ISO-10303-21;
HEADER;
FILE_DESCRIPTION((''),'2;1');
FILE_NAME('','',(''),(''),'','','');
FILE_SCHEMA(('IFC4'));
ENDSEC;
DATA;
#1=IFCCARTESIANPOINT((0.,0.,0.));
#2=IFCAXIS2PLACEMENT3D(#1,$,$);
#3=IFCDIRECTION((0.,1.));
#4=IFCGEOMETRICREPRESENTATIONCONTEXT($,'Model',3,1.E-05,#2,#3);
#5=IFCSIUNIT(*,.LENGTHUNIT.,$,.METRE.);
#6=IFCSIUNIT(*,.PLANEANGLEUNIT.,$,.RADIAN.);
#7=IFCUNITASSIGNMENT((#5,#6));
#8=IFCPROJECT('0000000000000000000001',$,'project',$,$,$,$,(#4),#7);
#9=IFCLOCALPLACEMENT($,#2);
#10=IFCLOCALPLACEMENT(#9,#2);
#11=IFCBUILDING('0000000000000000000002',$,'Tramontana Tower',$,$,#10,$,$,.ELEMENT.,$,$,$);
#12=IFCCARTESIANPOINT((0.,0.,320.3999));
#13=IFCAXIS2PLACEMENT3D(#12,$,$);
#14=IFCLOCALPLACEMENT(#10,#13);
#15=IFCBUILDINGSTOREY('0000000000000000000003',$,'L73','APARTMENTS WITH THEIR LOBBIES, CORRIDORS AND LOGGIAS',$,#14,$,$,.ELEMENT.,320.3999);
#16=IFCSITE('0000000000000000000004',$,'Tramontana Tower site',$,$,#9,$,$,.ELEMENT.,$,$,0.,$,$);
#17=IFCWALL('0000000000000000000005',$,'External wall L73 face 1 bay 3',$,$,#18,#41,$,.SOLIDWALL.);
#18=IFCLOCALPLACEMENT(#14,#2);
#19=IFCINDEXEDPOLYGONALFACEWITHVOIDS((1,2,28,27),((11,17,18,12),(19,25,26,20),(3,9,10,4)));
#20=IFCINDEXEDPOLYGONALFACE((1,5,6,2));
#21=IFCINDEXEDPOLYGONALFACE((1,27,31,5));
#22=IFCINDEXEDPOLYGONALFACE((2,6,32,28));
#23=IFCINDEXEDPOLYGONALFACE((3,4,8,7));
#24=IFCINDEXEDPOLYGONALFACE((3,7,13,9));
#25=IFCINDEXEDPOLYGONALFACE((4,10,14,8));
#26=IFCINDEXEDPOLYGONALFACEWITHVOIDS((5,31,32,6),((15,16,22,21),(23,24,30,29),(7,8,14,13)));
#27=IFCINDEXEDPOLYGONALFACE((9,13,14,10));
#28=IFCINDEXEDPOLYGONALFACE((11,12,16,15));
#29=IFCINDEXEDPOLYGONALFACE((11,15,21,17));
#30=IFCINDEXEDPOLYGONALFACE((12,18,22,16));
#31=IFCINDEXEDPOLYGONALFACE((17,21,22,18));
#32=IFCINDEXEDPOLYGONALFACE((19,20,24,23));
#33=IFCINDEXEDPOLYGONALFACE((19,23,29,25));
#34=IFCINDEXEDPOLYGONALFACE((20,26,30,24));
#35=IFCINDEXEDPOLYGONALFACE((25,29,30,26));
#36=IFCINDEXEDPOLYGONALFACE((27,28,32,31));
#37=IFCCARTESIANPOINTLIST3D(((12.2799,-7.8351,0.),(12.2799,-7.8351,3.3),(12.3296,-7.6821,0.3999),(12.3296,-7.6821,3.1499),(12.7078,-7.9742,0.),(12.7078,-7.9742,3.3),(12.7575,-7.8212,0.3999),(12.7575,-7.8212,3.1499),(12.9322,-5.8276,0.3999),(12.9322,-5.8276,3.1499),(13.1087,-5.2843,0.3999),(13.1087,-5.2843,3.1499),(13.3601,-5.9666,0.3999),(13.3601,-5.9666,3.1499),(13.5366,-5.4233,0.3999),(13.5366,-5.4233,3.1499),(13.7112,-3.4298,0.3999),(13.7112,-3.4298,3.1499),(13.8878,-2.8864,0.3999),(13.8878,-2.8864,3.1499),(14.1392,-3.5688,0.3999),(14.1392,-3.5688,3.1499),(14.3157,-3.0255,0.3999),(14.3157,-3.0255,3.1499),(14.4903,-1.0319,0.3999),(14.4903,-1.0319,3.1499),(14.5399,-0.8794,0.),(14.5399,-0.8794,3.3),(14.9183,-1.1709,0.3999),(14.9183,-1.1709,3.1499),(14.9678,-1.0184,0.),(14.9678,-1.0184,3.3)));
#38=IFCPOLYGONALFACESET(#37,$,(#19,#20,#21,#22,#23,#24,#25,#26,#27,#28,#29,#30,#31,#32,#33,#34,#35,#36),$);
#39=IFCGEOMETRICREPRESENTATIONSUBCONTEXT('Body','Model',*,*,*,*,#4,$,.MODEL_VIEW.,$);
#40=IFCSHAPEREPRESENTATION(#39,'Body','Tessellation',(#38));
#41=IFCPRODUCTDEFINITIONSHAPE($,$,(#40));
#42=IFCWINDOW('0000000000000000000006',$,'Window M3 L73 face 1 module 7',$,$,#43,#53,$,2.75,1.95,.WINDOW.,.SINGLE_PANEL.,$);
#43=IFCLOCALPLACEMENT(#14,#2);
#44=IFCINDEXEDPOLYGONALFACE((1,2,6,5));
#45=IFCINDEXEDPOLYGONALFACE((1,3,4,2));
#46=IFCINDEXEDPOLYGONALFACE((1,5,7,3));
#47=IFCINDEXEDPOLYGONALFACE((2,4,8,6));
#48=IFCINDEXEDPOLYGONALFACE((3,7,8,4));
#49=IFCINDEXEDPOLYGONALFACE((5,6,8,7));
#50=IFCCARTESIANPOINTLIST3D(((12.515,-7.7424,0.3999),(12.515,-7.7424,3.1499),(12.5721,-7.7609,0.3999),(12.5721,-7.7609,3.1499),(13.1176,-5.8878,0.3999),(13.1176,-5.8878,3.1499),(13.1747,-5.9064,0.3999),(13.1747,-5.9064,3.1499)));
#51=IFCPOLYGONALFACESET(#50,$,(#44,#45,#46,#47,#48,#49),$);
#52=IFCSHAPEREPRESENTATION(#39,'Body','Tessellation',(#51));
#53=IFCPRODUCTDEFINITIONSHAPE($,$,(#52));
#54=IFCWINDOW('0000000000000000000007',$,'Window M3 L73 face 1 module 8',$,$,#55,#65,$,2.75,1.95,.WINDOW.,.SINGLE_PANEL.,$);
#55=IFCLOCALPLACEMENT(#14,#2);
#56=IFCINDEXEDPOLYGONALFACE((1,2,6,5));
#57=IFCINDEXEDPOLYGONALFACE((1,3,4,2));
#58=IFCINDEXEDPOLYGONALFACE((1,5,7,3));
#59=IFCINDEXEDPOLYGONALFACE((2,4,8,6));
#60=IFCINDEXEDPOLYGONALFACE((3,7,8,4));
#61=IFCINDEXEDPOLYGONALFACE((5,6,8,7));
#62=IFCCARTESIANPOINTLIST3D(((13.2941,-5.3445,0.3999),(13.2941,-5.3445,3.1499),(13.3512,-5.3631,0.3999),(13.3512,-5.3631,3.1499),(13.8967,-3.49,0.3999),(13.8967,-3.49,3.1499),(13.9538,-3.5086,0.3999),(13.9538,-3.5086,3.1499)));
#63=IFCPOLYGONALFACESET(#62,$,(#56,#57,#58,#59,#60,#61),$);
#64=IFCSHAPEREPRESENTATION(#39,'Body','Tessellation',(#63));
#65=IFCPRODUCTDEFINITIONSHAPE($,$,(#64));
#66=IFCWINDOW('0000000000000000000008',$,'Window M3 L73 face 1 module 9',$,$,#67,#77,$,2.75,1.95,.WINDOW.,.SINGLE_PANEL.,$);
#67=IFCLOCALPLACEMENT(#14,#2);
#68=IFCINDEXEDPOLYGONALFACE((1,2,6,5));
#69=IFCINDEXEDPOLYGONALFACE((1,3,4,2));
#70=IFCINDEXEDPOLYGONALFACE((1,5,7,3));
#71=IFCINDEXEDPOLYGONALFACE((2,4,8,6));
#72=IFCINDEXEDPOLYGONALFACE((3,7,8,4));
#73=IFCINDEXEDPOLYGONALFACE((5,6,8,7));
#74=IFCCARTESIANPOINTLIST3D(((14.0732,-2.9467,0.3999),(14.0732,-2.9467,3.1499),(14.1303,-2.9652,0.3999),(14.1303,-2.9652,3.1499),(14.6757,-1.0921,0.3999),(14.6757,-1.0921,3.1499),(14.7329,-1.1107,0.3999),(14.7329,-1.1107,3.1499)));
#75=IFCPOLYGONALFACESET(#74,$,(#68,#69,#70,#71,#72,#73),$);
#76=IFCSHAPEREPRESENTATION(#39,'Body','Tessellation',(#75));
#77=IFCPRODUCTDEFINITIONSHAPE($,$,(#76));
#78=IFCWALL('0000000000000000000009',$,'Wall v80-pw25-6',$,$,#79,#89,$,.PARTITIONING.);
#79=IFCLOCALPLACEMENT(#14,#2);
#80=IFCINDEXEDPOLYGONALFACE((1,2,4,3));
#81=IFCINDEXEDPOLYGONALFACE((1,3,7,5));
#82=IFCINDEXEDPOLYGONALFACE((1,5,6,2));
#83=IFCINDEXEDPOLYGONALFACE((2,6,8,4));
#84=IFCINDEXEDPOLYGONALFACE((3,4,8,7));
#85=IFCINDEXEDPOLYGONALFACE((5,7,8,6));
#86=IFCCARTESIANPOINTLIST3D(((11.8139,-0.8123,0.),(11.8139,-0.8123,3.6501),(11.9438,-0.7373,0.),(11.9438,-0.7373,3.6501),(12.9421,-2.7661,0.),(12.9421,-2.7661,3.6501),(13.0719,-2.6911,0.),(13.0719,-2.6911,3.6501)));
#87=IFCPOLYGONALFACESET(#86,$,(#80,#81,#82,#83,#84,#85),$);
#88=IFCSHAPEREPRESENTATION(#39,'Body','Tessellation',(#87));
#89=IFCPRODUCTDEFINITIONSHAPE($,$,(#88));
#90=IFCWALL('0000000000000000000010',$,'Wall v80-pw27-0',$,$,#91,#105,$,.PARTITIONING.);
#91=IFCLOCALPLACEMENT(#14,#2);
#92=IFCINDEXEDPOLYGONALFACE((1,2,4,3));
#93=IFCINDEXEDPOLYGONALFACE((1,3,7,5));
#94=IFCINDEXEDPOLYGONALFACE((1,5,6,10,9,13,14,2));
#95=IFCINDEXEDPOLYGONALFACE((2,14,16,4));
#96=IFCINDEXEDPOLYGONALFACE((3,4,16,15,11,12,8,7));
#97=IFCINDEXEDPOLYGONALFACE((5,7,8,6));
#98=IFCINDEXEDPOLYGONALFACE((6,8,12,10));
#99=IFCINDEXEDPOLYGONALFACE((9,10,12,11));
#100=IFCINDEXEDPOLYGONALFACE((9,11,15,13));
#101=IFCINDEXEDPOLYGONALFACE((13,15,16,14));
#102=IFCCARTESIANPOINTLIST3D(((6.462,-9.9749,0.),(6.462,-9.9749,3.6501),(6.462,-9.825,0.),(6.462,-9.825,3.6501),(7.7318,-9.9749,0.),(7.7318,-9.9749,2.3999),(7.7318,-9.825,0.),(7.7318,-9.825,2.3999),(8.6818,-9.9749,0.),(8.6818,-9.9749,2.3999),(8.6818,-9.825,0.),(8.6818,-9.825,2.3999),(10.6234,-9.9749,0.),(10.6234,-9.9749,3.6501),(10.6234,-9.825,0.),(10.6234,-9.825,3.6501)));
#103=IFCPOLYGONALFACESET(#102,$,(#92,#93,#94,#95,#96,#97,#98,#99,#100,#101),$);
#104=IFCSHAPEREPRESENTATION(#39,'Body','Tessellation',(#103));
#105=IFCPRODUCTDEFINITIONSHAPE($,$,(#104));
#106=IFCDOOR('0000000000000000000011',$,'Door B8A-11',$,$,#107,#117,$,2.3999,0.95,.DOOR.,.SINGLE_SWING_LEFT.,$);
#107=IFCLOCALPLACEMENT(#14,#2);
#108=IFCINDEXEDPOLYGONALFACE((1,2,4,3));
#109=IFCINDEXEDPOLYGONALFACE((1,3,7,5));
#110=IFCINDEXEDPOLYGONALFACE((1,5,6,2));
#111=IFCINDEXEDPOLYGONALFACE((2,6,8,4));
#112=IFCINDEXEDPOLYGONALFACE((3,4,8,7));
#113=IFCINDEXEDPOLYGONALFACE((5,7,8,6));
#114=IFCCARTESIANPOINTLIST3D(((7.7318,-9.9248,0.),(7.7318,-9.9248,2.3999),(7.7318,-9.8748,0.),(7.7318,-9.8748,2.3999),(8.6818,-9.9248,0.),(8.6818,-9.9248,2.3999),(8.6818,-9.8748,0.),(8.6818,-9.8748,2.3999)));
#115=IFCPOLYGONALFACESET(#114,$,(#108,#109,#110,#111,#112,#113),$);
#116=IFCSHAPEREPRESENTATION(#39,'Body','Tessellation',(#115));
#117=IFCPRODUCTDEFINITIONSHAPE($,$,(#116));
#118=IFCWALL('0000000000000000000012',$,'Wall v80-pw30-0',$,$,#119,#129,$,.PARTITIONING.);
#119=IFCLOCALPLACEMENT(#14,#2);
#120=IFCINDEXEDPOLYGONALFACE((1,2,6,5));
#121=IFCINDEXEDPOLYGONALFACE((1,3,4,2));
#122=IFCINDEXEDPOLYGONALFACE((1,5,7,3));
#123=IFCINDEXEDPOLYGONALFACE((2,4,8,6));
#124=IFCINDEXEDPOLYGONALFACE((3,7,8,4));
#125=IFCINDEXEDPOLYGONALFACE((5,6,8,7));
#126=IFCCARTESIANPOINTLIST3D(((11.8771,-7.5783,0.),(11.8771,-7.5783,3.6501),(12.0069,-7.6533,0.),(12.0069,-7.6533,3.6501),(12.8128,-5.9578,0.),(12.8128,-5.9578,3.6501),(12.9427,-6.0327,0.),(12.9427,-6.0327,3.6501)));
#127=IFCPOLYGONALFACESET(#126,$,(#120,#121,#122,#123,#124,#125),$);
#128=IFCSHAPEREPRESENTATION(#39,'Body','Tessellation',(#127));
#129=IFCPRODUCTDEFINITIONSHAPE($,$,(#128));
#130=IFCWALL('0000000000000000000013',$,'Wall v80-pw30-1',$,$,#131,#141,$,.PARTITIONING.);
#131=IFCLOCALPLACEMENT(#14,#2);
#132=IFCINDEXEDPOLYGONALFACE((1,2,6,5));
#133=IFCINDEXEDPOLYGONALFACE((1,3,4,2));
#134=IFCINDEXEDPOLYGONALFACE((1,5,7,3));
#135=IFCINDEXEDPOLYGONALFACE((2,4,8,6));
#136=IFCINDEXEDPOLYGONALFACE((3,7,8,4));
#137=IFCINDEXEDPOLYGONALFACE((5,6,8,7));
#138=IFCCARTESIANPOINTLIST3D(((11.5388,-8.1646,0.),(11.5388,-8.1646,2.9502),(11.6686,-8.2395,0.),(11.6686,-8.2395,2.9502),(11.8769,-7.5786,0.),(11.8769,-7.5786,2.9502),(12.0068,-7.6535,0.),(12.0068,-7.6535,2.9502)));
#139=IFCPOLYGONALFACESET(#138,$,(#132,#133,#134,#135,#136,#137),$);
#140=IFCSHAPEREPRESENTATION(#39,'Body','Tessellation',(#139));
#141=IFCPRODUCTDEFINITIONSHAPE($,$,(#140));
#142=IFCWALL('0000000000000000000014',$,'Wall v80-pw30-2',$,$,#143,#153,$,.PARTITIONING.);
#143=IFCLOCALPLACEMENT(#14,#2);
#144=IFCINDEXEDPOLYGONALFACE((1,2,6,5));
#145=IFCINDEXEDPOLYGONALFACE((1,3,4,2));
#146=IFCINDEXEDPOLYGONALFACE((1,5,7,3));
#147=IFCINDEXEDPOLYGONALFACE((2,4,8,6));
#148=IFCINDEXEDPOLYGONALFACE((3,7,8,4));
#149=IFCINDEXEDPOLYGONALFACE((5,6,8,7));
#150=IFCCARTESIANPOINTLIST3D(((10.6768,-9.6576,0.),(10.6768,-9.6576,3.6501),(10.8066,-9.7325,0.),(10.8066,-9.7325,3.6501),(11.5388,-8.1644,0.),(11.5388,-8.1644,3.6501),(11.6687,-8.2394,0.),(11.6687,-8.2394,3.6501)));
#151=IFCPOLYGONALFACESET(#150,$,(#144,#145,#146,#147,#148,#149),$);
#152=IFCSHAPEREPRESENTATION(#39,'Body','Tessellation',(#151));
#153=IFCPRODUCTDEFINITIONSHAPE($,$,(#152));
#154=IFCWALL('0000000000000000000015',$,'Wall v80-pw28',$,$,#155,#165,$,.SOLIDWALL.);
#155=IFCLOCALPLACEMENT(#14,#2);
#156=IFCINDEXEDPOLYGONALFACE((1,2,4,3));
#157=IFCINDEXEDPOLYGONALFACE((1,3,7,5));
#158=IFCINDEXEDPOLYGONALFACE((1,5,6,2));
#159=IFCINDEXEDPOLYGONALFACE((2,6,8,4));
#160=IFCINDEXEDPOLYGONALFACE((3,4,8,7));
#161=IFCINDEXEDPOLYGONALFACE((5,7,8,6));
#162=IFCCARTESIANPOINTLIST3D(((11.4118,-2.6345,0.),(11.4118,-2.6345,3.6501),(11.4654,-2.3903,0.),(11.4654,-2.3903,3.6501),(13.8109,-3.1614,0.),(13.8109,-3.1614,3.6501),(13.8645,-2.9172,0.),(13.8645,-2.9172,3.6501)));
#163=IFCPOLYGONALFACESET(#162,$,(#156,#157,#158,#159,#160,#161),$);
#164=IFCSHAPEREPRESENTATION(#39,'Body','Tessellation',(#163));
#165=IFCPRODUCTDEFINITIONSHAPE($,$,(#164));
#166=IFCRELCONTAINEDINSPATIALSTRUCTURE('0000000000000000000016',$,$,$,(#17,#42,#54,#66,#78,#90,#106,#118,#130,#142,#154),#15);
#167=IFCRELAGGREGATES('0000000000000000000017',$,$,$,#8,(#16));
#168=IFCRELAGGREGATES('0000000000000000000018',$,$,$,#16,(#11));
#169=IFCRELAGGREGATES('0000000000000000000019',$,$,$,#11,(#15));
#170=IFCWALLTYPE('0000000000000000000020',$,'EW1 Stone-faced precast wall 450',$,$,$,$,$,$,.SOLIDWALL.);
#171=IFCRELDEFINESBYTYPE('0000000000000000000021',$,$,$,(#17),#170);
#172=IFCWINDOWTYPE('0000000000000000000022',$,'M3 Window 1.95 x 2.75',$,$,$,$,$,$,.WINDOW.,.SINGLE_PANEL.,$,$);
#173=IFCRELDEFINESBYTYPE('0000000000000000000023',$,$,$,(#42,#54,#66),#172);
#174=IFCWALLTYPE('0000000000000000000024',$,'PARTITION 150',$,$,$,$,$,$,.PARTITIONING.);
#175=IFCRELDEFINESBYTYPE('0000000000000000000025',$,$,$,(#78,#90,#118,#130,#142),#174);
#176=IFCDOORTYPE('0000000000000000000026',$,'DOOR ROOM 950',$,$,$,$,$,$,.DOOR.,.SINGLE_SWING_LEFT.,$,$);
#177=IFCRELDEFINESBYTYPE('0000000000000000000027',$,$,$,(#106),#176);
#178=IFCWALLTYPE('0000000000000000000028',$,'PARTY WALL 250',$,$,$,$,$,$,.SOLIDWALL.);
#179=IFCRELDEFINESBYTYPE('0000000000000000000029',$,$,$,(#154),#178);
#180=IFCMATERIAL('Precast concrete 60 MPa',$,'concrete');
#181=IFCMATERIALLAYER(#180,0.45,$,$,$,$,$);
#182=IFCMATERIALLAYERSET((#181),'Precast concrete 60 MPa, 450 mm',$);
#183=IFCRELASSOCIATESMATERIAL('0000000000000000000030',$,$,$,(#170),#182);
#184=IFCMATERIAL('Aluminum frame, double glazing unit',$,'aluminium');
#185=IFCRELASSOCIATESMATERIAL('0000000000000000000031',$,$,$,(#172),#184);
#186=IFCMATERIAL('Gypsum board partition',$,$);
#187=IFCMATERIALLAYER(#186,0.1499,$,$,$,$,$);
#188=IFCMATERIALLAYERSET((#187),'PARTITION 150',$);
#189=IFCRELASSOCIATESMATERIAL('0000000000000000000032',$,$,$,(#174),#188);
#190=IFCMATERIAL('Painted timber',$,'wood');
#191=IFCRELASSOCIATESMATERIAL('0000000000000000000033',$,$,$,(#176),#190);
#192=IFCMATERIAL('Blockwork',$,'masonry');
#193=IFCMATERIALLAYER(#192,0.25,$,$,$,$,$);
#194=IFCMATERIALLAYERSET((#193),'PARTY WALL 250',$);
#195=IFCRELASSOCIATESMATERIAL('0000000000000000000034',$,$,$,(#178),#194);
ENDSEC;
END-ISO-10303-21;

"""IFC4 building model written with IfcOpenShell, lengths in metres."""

from ifc_helpers import new_model, si_unit, direction, frame, frame_2d, origin, place, context, subcontext, project, spatial, rectangle, extrude, material, layer, layer_set, type_object, element, fill, save


model = new_model("IFC4")

# Units and contexts
model_context = context("Model", 3, precision=1e-05, world=origin(), true_north=direction((0.0, 1.0)))
body_context = subcontext(model_context, "Body", "Model", "MODEL_VIEW")
ifc_project = project(units=[si_unit("LENGTHUNIT", "METRE"), si_unit("PLANEANGLEUNIT", "RADIAN")], contexts=[model_context])

# Site, building, storey
site_placement = place(None, origin())
site = spatial("IfcSite", under=ifc_project, at=site_placement, Name="Tramontana Tower site", CompositionType="ELEMENT", RefElevation=0.0)
building_placement = place(site_placement, origin())
building = spatial("IfcBuilding", under=site, at=building_placement, Name="Tramontana Tower", CompositionType="ELEMENT")
storey_placement = place(building_placement, frame((0.0, 0.0, 320.3999)))
storey = spatial("IfcBuildingStorey", under=building, at=storey_placement, Name="L73", Description="APARTMENTS WITH THEIR LOBBIES, CORRIDORS AND LOGGIAS", CompositionType="ELEMENT", Elevation=320.3999)

# Wall, openings, windows
ifc_material_1 = material(Name="Precast concrete 60 MPa", Category="concrete")
ifc_layer_1 = layer(ifc_material_1, 0.45)
ifc_layer_set_1 = layer_set([ifc_layer_1], Name="Precast concrete 60 MPa, 450 mm")
wall_type_1 = type_object("IfcWallType", Name="EW1 Stone-faced precast wall 450", PredefinedType="SOLIDWALL", material=ifc_layer_set_1)
wall_1_placement = place(storey_placement, frame((12.4939, -7.9045, 0.0), z_axis=(0.0, 0.0, 1.0), x_axis=(0.309008, 0.951059, 0.0)))
wall_1 = element("IfcWall", 1, at=wall_1_placement, inside=storey, type_object=wall_type_1, Name="External wall L73 face 1 bay 3", PredefinedType="SOLIDWALL", context=body_context, shape_type="SweptSolid", body=[
    extrude(rectangle(XDim=7.3137, YDim=0.45, at=frame_2d((3.6567, 0.0))), origin(), (0.0, 0.0, 1.0), 3.3),
])
opening_1_placement = place(wall_1_placement, frame((0.1606, 0.0, 0.3999)))
opening_1 = element("IfcOpeningElement", 2, at=opening_1_placement, cuts=wall_1, PredefinedType="OPENING", context=body_context, shape_type="SweptSolid", body=[
    extrude(rectangle(XDim=1.95, YDim=2.75, at=frame_2d((0.9751, 1.375))), frame((0.0, 0.2349, 0.0), z_axis=(0.0, -1.0, 0.0), x_axis=(1.0, 0.0, 0.0)), (0.0, 0.0, 1.0), 0.47),
])
opening_2_placement = place(wall_1_placement, frame((2.6819, 0.0, 0.3999)))
opening_2 = element("IfcOpeningElement", 3, at=opening_2_placement, cuts=wall_1, PredefinedType="OPENING", context=body_context, shape_type="SweptSolid", body=[
    extrude(rectangle(XDim=1.95, YDim=2.75, at=frame_2d((0.9751, 1.375))), frame((0.0, 0.2349, 0.0), z_axis=(0.0, -1.0, 0.0), x_axis=(1.0, 0.0, 0.0)), (0.0, 0.0, 1.0), 0.47),
])
opening_3_placement = place(wall_1_placement, frame((5.2031, 0.0, 0.3999)))
opening_3 = element("IfcOpeningElement", 4, at=opening_3_placement, cuts=wall_1, PredefinedType="OPENING", context=body_context, shape_type="SweptSolid", body=[
    extrude(rectangle(XDim=1.95, YDim=2.75, at=frame_2d((0.9751, 1.375))), frame((0.0, 0.2349, 0.0), z_axis=(0.0, -1.0, 0.0), x_axis=(1.0, 0.0, 0.0)), (0.0, 0.0, 1.0), 0.47),
])
ifc_material_2 = material(Name="Aluminum frame, double glazing unit", Category="aluminium")
window_type = type_object("IfcWindowType", Name="M3 Window 1.95 x 2.75", PartitioningType="SINGLE_PANEL", PredefinedType="WINDOW", material=ifc_material_2)
window_1_placement = place(opening_1_placement, origin())
window_1 = element("IfcWindow", 5, at=window_1_placement, inside=storey, type_object=window_type, Name="Window M3 L73 face 1 module 7", OverallHeight=2.75, OverallWidth=1.95, PartitioningType="SINGLE_PANEL", PredefinedType="WINDOW", context=body_context, shape_type="SweptSolid", body=[
    extrude(rectangle(XDim=1.95, YDim=2.75, at=frame_2d((0.9751, 1.375))), frame((0.0, 0.03, 0.0), z_axis=(0.0, -1.0, 0.0), x_axis=(1.0, 0.0, 0.0)), (0.0, 0.0, 1.0), 0.0601),
])
fill(opening_1, window_1)
window_2_placement = place(opening_2_placement, origin())
window_2 = element("IfcWindow", 6, at=window_2_placement, inside=storey, type_object=window_type, Name="Window M3 L73 face 1 module 8", OverallHeight=2.75, OverallWidth=1.95, PartitioningType="SINGLE_PANEL", PredefinedType="WINDOW", context=body_context, shape_type="SweptSolid", body=[
    extrude(rectangle(XDim=1.95, YDim=2.75, at=frame_2d((0.9751, 1.375))), frame((0.0, 0.03, 0.0), z_axis=(0.0, -1.0, 0.0), x_axis=(1.0, 0.0, 0.0)), (0.0, 0.0, 1.0), 0.0601),
])
fill(opening_2, window_2)
window_3_placement = place(opening_3_placement, origin())
window_3 = element("IfcWindow", 7, at=window_3_placement, inside=storey, type_object=window_type, Name="Window M3 L73 face 1 module 9", OverallHeight=2.75, OverallWidth=1.95, PartitioningType="SINGLE_PANEL", PredefinedType="WINDOW", context=body_context, shape_type="SweptSolid", body=[
    extrude(rectangle(XDim=1.95, YDim=2.75, at=frame_2d((0.9751, 1.375))), frame((0.0, 0.03, 0.0), z_axis=(0.0, -1.0, 0.0), x_axis=(1.0, 0.0, 0.0)), (0.0, 0.0, 1.0), 0.0601),
])
fill(opening_3, window_3)

# Wall
ifc_material_3 = material(Name="Gypsum board partition")
ifc_layer_2 = layer(ifc_material_3, 0.1499)
ifc_layer_set_2 = layer_set([ifc_layer_2], Name="PARTITION 150")
wall_type_2 = type_object("IfcWallType", Name="PARTITION 150", PredefinedType="PARTITIONING", material=ifc_layer_set_2)
wall_2_placement = place(storey_placement, frame((11.8789, -0.7749, 0.0), z_axis=(0.0, 0.0, 1.0), x_axis=(0.500038, -0.866004, 0.0)))
element("IfcWall", 8, at=wall_2_placement, inside=storey, type_object=wall_type_2, Name="Wall v80-pw25-6", PredefinedType="PARTITIONING", context=body_context, shape_type="SweptSolid", body=[
    extrude(rectangle(XDim=2.2561, YDim=0.1499, at=frame_2d((1.1279, 0.0))), origin(), (0.0, 0.0, 1.0), 3.6501),
])

# Wall, opening, door
wall_3_placement = place(storey_placement, frame((10.6233, -9.8999, 0.0), z_axis=(0.0, 0.0, 1.0), x_axis=(-1.0, 0.0, 0.0)))
wall_3 = element("IfcWall", 9, at=wall_3_placement, inside=storey, type_object=wall_type_2, Name="Wall v80-pw27-0", PredefinedType="PARTITIONING", context=body_context, shape_type="SweptSolid", body=[
    extrude(rectangle(XDim=4.1614, YDim=0.1499, at=frame_2d((2.0806, 0.0))), origin(), (0.0, 0.0, 1.0), 3.6501),
])
opening_4_placement = place(wall_3_placement, frame((1.9414, 0.0, 0.0)))
opening_4 = element("IfcOpeningElement", 10, at=opening_4_placement, cuts=wall_3, PredefinedType="OPENING", context=body_context, shape_type="SweptSolid", body=[
    extrude(rectangle(XDim=0.95, YDim=2.3999, at=frame_2d((0.4751, 1.2))), frame((0.0, 0.085, 0.0), z_axis=(0.0, -1.0, 0.0), x_axis=(1.0, 0.0, 0.0)), (0.0, 0.0, 1.0), 0.1699),
])
ifc_material_4 = material(Name="Painted timber", Category="wood")
door_type_1 = type_object("IfcDoorType", Name="DOOR ROOM 950", OperationType="SINGLE_SWING_LEFT", PredefinedType="DOOR", material=ifc_material_4)
door_1_placement = place(opening_4_placement, origin())
door_1 = element("IfcDoor", 11, at=door_1_placement, inside=storey, type_object=door_type_1, Name="Door B8A-11", OperationType="SINGLE_SWING_LEFT", OverallHeight=2.3999, OverallWidth=0.95, PredefinedType="DOOR", context=body_context, shape_type="SweptSolid", body=[
    extrude(rectangle(XDim=0.95, YDim=2.3999, at=frame_2d((0.4751, 1.2))), frame((0.0, 0.0249, 0.0), z_axis=(0.0, -1.0, 0.0), x_axis=(1.0, 0.0, 0.0)), (0.0, 0.0, 1.0), 0.05),
])
fill(opening_4, door_1)

# Walls
wall_4_placement = place(storey_placement, frame((12.8777, -5.9954, 0.0), z_axis=(0.0, 0.0, 1.0), x_axis=(-0.500054, -0.865994, 0.0)))
element("IfcWall", 12, at=wall_4_placement, inside=storey, type_object=wall_type_2, Name="Wall v80-pw30-0", PredefinedType="PARTITIONING", context=body_context, shape_type="SweptSolid", body=[
    extrude(rectangle(XDim=1.8713, YDim=0.1499, at=frame_2d((0.9355, 0.0))), origin(), (0.0, 0.0, 1.0), 3.6501),
])
wall_5_placement = place(storey_placement, frame((11.9419, -7.616, 0.0), z_axis=(0.0, 0.0, 1.0), x_axis=(-0.499827, -0.866125, 0.0)))
element("IfcWall", 13, at=wall_5_placement, inside=storey, type_object=wall_type_2, Name="Wall v80-pw30-1", PredefinedType="PARTITIONING", context=body_context, shape_type="SweptSolid", body=[
    extrude(rectangle(XDim=0.6765, YDim=0.1499, at=frame_2d((0.3384, 0.0))), origin(), (0.0, 0.0, 1.0), 2.9502),
])
wall_6_placement = place(storey_placement, frame((11.6038, -8.2019, 0.0), z_axis=(0.0, 0.0, 1.0), x_axis=(-0.499992, -0.86603, 0.0)))
element("IfcWall", 14, at=wall_6_placement, inside=storey, type_object=wall_type_2, Name="Wall v80-pw30-2", PredefinedType="PARTITIONING", context=body_context, shape_type="SweptSolid", body=[
    extrude(rectangle(XDim=1.7241, YDim=0.1499, at=frame_2d((0.8621, 0.0))), origin(), (0.0, 0.0, 1.0), 3.6501),
])
ifc_material_5 = material(Name="Blockwork", Category="masonry")
ifc_layer_3 = layer(ifc_material_5, 0.25)
ifc_layer_set_3 = layer_set([ifc_layer_3], Name="PARTY WALL 250")
wall_type_3 = type_object("IfcWallType", Name="PARTY WALL 250", PredefinedType="SOLIDWALL", material=ifc_layer_set_3)
wall_7_placement = place(storey_placement, frame((11.4387, -2.5125, 0.0), z_axis=(0.0, 0.0, 1.0), x_axis=(0.976727, -0.214488, 0.0)))
element("IfcWall", 15, at=wall_7_placement, inside=storey, type_object=wall_type_3, Name="Wall v80-pw28", PredefinedType="SOLIDWALL", context=body_context, shape_type="SweptSolid", body=[
    extrude(rectangle(XDim=2.4563, YDim=0.25, at=frame_2d((1.228, 0.0))), origin(), (0.0, 0.0, 1.0), 3.6501),
])

save(model, "model.ifc")
